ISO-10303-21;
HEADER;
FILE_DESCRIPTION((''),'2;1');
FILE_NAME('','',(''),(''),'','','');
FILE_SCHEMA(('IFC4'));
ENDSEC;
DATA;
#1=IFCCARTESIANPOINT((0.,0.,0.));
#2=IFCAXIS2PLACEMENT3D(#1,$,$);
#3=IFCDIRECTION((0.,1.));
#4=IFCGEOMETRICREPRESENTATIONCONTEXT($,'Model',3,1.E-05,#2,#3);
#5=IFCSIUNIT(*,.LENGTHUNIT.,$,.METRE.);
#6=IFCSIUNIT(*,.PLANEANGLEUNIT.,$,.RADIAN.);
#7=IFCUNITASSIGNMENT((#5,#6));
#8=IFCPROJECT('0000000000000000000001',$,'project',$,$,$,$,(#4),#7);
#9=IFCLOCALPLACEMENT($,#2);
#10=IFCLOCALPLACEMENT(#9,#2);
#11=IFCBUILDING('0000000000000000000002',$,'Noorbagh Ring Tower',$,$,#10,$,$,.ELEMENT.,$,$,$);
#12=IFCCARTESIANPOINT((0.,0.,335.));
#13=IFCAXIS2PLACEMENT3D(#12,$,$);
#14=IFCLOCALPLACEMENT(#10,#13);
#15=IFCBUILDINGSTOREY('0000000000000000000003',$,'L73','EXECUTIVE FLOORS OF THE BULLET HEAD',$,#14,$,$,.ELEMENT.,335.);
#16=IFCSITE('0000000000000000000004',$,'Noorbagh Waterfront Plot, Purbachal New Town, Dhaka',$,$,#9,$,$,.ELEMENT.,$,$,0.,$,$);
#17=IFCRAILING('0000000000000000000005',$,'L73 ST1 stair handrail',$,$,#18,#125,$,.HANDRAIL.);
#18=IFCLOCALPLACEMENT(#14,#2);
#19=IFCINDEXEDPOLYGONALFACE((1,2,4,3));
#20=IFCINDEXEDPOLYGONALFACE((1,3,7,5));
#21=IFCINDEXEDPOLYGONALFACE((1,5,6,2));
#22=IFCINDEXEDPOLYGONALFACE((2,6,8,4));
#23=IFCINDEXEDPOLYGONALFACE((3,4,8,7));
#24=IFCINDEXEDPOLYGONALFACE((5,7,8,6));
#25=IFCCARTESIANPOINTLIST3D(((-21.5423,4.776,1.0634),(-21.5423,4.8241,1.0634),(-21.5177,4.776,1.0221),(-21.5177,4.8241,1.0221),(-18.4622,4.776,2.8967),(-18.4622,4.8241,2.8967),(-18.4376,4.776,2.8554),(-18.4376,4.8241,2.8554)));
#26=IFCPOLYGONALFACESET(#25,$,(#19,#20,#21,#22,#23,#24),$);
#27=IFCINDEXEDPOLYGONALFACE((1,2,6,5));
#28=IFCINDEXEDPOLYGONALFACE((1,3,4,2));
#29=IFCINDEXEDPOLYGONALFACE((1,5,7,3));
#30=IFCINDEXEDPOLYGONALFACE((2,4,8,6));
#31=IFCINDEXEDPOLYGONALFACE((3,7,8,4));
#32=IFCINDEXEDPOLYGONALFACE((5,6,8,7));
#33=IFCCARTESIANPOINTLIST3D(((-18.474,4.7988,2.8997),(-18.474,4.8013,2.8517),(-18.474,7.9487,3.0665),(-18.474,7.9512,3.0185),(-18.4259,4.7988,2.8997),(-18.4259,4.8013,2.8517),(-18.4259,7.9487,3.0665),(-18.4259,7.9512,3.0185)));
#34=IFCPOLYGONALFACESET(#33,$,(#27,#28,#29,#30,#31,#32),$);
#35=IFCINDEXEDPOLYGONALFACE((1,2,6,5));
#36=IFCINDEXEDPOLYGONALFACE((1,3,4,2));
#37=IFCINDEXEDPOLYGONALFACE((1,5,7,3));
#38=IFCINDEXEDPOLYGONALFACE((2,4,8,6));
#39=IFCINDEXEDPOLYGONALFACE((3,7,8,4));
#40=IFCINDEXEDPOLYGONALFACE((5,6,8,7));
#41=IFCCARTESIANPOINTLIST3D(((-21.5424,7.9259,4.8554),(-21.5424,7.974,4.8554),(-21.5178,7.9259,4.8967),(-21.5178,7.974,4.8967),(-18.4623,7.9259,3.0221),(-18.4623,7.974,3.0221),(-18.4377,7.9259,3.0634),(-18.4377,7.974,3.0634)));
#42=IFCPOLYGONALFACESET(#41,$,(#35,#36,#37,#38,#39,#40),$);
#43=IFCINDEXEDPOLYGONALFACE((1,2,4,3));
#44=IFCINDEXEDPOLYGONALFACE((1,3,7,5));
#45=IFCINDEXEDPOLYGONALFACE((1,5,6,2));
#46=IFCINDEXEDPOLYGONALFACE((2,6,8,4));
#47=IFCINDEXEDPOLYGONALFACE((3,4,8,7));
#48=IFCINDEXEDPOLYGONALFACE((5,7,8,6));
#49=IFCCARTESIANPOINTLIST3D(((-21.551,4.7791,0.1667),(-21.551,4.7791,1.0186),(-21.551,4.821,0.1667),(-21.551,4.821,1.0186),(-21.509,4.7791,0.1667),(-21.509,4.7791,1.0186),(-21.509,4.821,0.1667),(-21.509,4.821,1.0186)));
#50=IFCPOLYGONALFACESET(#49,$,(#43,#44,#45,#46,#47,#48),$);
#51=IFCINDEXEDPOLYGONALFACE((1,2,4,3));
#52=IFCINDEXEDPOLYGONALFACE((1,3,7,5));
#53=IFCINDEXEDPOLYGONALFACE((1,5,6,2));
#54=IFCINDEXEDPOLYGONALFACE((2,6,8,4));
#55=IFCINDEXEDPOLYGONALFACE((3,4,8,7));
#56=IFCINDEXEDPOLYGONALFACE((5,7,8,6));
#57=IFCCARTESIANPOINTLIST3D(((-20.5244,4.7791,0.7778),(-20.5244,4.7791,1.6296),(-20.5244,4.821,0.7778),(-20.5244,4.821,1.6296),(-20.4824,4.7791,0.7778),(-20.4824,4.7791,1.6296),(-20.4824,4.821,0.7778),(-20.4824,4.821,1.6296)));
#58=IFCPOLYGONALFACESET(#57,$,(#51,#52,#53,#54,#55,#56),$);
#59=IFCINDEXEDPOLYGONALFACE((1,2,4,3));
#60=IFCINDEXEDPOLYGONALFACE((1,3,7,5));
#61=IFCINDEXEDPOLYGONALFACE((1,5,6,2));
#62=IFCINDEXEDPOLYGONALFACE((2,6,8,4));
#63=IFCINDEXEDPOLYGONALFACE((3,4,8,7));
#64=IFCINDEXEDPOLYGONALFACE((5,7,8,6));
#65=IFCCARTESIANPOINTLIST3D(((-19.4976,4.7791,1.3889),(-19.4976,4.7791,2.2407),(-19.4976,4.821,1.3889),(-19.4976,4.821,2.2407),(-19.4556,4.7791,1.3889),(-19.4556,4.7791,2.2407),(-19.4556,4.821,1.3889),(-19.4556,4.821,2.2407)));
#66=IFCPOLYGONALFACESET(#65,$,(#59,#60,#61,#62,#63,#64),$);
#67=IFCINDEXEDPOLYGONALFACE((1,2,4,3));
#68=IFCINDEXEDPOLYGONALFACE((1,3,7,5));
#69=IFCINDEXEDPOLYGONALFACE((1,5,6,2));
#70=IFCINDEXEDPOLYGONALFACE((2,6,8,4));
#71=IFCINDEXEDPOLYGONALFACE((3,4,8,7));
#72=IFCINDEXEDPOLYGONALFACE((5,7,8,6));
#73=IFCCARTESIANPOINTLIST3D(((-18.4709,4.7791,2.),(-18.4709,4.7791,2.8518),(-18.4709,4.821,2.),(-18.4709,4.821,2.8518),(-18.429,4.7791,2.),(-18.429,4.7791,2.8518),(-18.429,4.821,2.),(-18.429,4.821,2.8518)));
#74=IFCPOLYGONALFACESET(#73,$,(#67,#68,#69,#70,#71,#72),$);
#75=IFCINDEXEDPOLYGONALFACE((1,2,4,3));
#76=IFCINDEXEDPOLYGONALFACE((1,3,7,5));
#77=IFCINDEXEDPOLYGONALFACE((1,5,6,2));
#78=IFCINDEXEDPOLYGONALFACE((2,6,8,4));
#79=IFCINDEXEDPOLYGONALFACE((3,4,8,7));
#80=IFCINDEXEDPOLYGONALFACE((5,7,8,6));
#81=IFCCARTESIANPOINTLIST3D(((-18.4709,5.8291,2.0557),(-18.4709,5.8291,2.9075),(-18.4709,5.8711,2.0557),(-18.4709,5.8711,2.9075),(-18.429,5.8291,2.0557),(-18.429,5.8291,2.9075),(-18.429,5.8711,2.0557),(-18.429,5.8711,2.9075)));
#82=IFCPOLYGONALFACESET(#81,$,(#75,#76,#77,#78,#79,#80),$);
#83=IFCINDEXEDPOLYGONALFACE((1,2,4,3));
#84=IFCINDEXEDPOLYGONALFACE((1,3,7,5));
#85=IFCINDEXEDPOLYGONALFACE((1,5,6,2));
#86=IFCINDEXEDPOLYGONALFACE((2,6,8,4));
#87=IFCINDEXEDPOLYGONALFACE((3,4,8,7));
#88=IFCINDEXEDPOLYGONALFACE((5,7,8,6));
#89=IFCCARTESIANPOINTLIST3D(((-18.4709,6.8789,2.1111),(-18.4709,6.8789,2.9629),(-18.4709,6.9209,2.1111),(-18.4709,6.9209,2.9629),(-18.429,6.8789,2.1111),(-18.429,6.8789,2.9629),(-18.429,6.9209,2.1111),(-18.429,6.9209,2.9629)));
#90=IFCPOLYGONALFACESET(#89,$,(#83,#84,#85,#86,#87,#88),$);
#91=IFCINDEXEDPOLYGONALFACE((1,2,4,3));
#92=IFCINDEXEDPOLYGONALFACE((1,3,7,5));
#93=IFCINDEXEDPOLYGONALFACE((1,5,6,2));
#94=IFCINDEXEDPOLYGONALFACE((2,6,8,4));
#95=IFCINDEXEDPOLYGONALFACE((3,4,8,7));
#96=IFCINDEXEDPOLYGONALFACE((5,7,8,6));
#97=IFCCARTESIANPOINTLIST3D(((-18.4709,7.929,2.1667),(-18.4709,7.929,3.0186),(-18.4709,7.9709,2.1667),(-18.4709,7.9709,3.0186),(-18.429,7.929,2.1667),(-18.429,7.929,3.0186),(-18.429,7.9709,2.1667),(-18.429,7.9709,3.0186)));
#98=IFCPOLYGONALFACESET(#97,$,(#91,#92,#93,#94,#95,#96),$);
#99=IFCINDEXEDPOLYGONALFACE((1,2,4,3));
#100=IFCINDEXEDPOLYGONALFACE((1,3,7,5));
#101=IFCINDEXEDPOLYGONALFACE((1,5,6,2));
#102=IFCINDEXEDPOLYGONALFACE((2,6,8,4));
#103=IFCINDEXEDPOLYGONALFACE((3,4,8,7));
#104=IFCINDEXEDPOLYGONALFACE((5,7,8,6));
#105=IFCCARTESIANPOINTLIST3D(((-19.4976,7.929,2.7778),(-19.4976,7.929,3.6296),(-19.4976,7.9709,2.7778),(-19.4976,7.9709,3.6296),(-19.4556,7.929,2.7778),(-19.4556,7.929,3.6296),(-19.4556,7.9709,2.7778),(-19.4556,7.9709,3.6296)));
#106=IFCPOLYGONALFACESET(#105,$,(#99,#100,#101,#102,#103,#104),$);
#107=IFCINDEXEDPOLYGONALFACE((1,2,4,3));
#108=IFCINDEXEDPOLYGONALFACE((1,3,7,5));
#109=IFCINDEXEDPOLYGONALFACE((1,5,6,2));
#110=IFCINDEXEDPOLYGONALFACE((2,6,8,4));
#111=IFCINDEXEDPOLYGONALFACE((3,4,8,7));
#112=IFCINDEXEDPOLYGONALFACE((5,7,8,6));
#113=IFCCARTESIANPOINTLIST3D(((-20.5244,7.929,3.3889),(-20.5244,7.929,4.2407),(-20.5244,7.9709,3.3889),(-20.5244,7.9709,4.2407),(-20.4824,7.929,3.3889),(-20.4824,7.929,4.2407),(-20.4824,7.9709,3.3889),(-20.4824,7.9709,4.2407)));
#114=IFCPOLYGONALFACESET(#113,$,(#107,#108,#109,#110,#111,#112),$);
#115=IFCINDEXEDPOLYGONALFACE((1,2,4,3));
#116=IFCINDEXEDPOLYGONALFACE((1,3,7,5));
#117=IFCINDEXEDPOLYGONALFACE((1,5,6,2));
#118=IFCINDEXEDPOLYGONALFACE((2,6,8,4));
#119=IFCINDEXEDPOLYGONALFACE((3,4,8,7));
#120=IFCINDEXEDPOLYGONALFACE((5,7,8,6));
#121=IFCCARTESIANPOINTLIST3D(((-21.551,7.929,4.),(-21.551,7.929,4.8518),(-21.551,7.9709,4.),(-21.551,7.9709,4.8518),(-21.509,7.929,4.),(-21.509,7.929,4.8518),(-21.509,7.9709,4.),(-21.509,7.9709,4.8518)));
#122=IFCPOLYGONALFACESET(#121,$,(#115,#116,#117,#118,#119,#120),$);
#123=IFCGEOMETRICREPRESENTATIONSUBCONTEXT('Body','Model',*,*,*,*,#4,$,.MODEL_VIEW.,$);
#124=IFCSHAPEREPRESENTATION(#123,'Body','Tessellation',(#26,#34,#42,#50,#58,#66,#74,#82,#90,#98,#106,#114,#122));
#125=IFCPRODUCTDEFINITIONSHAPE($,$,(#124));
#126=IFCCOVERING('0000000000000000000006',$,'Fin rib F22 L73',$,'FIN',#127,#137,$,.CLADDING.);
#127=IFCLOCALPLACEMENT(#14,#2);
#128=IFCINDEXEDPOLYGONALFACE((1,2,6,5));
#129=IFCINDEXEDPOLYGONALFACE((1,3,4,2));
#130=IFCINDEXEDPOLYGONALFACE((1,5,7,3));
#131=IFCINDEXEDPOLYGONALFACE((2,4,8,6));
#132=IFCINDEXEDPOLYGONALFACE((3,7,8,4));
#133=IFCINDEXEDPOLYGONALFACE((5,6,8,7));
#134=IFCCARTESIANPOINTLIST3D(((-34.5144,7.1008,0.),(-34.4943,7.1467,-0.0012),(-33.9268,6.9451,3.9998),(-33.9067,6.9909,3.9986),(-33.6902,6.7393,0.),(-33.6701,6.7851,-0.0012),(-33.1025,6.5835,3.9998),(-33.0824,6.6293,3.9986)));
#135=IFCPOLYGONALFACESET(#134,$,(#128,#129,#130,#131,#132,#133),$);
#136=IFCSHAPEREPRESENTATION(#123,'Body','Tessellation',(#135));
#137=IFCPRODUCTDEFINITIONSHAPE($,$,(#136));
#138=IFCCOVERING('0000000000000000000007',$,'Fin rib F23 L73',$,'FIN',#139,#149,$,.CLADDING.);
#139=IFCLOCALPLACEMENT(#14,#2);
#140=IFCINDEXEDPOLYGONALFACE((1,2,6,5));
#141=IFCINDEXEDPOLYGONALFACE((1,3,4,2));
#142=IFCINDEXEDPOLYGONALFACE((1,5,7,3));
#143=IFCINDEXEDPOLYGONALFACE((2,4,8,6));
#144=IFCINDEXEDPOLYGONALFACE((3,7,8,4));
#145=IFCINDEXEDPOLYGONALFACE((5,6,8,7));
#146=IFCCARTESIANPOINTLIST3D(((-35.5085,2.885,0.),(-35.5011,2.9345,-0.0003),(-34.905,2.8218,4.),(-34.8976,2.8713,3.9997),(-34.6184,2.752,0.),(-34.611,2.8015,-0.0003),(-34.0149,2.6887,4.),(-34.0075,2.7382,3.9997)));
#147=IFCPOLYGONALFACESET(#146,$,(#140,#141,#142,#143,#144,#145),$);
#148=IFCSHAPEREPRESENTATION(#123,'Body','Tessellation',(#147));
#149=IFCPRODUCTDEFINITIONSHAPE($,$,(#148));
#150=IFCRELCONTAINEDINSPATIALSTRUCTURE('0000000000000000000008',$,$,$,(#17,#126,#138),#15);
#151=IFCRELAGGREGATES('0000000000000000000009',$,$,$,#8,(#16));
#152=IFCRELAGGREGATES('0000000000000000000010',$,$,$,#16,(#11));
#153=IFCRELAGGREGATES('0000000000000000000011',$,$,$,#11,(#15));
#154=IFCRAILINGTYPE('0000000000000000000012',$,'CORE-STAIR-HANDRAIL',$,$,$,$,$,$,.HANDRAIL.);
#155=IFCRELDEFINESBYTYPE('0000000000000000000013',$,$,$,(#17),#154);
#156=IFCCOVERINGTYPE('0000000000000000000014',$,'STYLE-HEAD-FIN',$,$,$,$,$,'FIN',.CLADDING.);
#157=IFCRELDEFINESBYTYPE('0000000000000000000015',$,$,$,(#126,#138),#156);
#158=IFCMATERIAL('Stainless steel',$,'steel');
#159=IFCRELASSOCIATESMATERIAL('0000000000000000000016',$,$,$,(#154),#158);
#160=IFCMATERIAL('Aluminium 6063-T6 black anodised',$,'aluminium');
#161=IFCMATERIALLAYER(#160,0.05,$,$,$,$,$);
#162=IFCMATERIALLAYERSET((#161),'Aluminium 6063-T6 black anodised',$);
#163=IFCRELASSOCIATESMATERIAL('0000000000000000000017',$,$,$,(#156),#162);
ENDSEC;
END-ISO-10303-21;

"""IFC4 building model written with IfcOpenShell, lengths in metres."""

from ifc_helpers import new_model, si_unit, direction, frame, origin, origin_2d, place, context, subcontext, project, spatial, polyline, rectangle, outline, extrude, material, layer, layer_set, type_object, element, save


model = new_model("IFC4")

# Units and contexts
model_context = context("Model", 3, precision=1e-05, world=origin(), true_north=direction((0.0, 1.0)))
body_context = subcontext(model_context, "Body", "Model", "MODEL_VIEW")
ifc_project = project(units=[si_unit("LENGTHUNIT", "METRE"), si_unit("PLANEANGLEUNIT", "RADIAN")], contexts=[model_context])

# Site, building, storey
site_placement = place(None, origin())
site = spatial("IfcSite", under=ifc_project, at=site_placement, Name="Noorbagh Waterfront Plot, Purbachal New Town, Dhaka", CompositionType="ELEMENT", RefElevation=0.0)
building_placement = place(site_placement, origin())
building = spatial("IfcBuilding", under=site, at=building_placement, Name="Noorbagh Ring Tower", CompositionType="ELEMENT")
storey_placement = place(building_placement, frame((0.0, 0.0, 335.0)))
storey = spatial("IfcBuildingStorey", under=building, at=storey_placement, Name="L73", Description="EXECUTIVE FLOORS OF THE BULLET HEAD", CompositionType="ELEMENT", Elevation=335.0)

# Railing
ifc_material_1 = material(Name="Stainless steel", Category="steel")
railing_type_1 = type_object("IfcRailingType", Name="CORE-STAIR-HANDRAIL", PredefinedType="HANDRAIL", material=ifc_material_1)
railing_1_placement = place(storey_placement, frame((-21.53, 4.8, 0.1667)))
element("IfcRailing", 1, at=railing_1_placement, inside=storey, type_object=railing_type_1, Name="L73 ST1 stair handrail", PredefinedType="HANDRAIL", context=body_context, shape_type="SweptSolid", body=[
    extrude(rectangle(XDim=0.0481, YDim=0.0481, at=origin_2d()), frame((0.0, 0.0, 0.876), z_axis=(0.859309, 0.0, 0.511458), x_axis=(0.0, 1.0, 0.0)), (0.0, 0.0, 1.0), 3.5845),
    extrude(rectangle(XDim=0.0481, YDim=0.0481, at=origin_2d()), frame((3.0801, 0.0, 2.709), z_axis=(0.0, 0.998602, 0.052864), x_axis=(-1.0, 0.0, 0.0)), (0.0, 0.0, 1.0), 3.1543),
    extrude(rectangle(XDim=0.0481, YDim=0.0481, at=origin_2d()), frame((3.0801, 3.1499, 2.876), z_axis=(-0.859309, 0.0, 0.511458), x_axis=(0.0, -1.0, 0.0)), (0.0, 0.0, 1.0), 3.5845),
    extrude(rectangle(XDim=0.042, YDim=0.042, at=origin_2d()), origin(), (0.0, 0.0, 1.0), 0.8518),
    extrude(rectangle(XDim=0.042, YDim=0.042, at=origin_2d()), frame((1.0266, 0.0, 0.6111)), (0.0, 0.0, 1.0), 0.8518),
    extrude(rectangle(XDim=0.042, YDim=0.042, at=origin_2d()), frame((2.0535, 0.0, 1.2222)), (0.0, 0.0, 1.0), 0.8518),
    extrude(rectangle(XDim=0.042, YDim=0.042, at=origin_2d()), frame((3.0801, 0.0, 1.8333)), (0.0, 0.0, 1.0), 0.8518),
    extrude(rectangle(XDim=0.042, YDim=0.042, at=origin_2d()), frame((3.0801, 1.05, 1.8889)), (0.0, 0.0, 1.0), 0.8518),
    extrude(rectangle(XDim=0.042, YDim=0.042, at=origin_2d()), frame((3.0801, 2.0999, 1.9443)), (0.0, 0.0, 1.0), 0.8518),
    extrude(rectangle(XDim=0.042, YDim=0.042, at=origin_2d()), frame((3.0801, 3.1499, 2.0)), (0.0, 0.0, 1.0), 0.8518),
    extrude(rectangle(XDim=0.042, YDim=0.042, at=origin_2d()), frame((2.0535, 3.1499, 2.6111)), (0.0, 0.0, 1.0), 0.8518),
    extrude(rectangle(XDim=0.042, YDim=0.042, at=origin_2d()), frame((1.0266, 3.1499, 3.2222)), (0.0, 0.0, 1.0), 0.8518),
    extrude(rectangle(XDim=0.042, YDim=0.042, at=origin_2d()), frame((0.0, 3.1499, 3.8333)), (0.0, 0.0, 1.0), 0.8518),
])

# Coverings
ifc_material_2 = material(Name="Aluminium 6063-T6 black anodised", Category="aluminium")
ifc_layer_1 = layer(ifc_material_2, 0.05)
ifc_layer_set_1 = layer_set([ifc_layer_1], Name="Aluminium 6063-T6 black anodised")
covering_type_1 = type_object("IfcCoveringType", Name="STYLE-HEAD-FIN", ElementType="FIN", PredefinedType="CLADDING", material=ifc_layer_set_1)
covering_1_placement = place(storey_placement, frame((-34.5144, 7.1008, 0.0), z_axis=(-0.40162, -0.915509, 0.023354), x_axis=(0.145252, -0.038501, 0.988645)))
element("IfcCovering", 2, at=covering_1_placement, inside=storey, type_object=covering_type_1, Name="Fin rib F22 L73", ObjectType="FIN", PredefinedType="CLADDING", context=body_context, shape_type="SweptSolid", body=[
    extrude(outline(polyline([(0.0, 0.0), (4.0457, 0.0), (4.1793, -0.8901), (0.1336, -0.8901), (0.0, 0.0)])), origin(), (0.0, 0.0, -1.0), 0.05),
])
covering_2_placement = place(storey_placement, frame((-35.5085, 2.885, 0.0), z_axis=(-0.147833, -0.98899, 0.006671), x_axis=(0.149172, -0.015629, 0.988688)))
element("IfcCovering", 3, at=covering_2_placement, inside=storey, type_object=covering_type_1, Name="Fin rib F23 L73", ObjectType="FIN", PredefinedType="CLADDING", context=body_context, shape_type="SweptSolid", body=[
    extrude(outline(polyline([(0.0, 0.0), (4.0458, 0.0), (4.1806, -0.8899), (0.1349, -0.8899), (0.0, 0.0)])), origin(), (0.0, 0.0, -1.0), 0.05),
])

save(model, "model.ifc")
